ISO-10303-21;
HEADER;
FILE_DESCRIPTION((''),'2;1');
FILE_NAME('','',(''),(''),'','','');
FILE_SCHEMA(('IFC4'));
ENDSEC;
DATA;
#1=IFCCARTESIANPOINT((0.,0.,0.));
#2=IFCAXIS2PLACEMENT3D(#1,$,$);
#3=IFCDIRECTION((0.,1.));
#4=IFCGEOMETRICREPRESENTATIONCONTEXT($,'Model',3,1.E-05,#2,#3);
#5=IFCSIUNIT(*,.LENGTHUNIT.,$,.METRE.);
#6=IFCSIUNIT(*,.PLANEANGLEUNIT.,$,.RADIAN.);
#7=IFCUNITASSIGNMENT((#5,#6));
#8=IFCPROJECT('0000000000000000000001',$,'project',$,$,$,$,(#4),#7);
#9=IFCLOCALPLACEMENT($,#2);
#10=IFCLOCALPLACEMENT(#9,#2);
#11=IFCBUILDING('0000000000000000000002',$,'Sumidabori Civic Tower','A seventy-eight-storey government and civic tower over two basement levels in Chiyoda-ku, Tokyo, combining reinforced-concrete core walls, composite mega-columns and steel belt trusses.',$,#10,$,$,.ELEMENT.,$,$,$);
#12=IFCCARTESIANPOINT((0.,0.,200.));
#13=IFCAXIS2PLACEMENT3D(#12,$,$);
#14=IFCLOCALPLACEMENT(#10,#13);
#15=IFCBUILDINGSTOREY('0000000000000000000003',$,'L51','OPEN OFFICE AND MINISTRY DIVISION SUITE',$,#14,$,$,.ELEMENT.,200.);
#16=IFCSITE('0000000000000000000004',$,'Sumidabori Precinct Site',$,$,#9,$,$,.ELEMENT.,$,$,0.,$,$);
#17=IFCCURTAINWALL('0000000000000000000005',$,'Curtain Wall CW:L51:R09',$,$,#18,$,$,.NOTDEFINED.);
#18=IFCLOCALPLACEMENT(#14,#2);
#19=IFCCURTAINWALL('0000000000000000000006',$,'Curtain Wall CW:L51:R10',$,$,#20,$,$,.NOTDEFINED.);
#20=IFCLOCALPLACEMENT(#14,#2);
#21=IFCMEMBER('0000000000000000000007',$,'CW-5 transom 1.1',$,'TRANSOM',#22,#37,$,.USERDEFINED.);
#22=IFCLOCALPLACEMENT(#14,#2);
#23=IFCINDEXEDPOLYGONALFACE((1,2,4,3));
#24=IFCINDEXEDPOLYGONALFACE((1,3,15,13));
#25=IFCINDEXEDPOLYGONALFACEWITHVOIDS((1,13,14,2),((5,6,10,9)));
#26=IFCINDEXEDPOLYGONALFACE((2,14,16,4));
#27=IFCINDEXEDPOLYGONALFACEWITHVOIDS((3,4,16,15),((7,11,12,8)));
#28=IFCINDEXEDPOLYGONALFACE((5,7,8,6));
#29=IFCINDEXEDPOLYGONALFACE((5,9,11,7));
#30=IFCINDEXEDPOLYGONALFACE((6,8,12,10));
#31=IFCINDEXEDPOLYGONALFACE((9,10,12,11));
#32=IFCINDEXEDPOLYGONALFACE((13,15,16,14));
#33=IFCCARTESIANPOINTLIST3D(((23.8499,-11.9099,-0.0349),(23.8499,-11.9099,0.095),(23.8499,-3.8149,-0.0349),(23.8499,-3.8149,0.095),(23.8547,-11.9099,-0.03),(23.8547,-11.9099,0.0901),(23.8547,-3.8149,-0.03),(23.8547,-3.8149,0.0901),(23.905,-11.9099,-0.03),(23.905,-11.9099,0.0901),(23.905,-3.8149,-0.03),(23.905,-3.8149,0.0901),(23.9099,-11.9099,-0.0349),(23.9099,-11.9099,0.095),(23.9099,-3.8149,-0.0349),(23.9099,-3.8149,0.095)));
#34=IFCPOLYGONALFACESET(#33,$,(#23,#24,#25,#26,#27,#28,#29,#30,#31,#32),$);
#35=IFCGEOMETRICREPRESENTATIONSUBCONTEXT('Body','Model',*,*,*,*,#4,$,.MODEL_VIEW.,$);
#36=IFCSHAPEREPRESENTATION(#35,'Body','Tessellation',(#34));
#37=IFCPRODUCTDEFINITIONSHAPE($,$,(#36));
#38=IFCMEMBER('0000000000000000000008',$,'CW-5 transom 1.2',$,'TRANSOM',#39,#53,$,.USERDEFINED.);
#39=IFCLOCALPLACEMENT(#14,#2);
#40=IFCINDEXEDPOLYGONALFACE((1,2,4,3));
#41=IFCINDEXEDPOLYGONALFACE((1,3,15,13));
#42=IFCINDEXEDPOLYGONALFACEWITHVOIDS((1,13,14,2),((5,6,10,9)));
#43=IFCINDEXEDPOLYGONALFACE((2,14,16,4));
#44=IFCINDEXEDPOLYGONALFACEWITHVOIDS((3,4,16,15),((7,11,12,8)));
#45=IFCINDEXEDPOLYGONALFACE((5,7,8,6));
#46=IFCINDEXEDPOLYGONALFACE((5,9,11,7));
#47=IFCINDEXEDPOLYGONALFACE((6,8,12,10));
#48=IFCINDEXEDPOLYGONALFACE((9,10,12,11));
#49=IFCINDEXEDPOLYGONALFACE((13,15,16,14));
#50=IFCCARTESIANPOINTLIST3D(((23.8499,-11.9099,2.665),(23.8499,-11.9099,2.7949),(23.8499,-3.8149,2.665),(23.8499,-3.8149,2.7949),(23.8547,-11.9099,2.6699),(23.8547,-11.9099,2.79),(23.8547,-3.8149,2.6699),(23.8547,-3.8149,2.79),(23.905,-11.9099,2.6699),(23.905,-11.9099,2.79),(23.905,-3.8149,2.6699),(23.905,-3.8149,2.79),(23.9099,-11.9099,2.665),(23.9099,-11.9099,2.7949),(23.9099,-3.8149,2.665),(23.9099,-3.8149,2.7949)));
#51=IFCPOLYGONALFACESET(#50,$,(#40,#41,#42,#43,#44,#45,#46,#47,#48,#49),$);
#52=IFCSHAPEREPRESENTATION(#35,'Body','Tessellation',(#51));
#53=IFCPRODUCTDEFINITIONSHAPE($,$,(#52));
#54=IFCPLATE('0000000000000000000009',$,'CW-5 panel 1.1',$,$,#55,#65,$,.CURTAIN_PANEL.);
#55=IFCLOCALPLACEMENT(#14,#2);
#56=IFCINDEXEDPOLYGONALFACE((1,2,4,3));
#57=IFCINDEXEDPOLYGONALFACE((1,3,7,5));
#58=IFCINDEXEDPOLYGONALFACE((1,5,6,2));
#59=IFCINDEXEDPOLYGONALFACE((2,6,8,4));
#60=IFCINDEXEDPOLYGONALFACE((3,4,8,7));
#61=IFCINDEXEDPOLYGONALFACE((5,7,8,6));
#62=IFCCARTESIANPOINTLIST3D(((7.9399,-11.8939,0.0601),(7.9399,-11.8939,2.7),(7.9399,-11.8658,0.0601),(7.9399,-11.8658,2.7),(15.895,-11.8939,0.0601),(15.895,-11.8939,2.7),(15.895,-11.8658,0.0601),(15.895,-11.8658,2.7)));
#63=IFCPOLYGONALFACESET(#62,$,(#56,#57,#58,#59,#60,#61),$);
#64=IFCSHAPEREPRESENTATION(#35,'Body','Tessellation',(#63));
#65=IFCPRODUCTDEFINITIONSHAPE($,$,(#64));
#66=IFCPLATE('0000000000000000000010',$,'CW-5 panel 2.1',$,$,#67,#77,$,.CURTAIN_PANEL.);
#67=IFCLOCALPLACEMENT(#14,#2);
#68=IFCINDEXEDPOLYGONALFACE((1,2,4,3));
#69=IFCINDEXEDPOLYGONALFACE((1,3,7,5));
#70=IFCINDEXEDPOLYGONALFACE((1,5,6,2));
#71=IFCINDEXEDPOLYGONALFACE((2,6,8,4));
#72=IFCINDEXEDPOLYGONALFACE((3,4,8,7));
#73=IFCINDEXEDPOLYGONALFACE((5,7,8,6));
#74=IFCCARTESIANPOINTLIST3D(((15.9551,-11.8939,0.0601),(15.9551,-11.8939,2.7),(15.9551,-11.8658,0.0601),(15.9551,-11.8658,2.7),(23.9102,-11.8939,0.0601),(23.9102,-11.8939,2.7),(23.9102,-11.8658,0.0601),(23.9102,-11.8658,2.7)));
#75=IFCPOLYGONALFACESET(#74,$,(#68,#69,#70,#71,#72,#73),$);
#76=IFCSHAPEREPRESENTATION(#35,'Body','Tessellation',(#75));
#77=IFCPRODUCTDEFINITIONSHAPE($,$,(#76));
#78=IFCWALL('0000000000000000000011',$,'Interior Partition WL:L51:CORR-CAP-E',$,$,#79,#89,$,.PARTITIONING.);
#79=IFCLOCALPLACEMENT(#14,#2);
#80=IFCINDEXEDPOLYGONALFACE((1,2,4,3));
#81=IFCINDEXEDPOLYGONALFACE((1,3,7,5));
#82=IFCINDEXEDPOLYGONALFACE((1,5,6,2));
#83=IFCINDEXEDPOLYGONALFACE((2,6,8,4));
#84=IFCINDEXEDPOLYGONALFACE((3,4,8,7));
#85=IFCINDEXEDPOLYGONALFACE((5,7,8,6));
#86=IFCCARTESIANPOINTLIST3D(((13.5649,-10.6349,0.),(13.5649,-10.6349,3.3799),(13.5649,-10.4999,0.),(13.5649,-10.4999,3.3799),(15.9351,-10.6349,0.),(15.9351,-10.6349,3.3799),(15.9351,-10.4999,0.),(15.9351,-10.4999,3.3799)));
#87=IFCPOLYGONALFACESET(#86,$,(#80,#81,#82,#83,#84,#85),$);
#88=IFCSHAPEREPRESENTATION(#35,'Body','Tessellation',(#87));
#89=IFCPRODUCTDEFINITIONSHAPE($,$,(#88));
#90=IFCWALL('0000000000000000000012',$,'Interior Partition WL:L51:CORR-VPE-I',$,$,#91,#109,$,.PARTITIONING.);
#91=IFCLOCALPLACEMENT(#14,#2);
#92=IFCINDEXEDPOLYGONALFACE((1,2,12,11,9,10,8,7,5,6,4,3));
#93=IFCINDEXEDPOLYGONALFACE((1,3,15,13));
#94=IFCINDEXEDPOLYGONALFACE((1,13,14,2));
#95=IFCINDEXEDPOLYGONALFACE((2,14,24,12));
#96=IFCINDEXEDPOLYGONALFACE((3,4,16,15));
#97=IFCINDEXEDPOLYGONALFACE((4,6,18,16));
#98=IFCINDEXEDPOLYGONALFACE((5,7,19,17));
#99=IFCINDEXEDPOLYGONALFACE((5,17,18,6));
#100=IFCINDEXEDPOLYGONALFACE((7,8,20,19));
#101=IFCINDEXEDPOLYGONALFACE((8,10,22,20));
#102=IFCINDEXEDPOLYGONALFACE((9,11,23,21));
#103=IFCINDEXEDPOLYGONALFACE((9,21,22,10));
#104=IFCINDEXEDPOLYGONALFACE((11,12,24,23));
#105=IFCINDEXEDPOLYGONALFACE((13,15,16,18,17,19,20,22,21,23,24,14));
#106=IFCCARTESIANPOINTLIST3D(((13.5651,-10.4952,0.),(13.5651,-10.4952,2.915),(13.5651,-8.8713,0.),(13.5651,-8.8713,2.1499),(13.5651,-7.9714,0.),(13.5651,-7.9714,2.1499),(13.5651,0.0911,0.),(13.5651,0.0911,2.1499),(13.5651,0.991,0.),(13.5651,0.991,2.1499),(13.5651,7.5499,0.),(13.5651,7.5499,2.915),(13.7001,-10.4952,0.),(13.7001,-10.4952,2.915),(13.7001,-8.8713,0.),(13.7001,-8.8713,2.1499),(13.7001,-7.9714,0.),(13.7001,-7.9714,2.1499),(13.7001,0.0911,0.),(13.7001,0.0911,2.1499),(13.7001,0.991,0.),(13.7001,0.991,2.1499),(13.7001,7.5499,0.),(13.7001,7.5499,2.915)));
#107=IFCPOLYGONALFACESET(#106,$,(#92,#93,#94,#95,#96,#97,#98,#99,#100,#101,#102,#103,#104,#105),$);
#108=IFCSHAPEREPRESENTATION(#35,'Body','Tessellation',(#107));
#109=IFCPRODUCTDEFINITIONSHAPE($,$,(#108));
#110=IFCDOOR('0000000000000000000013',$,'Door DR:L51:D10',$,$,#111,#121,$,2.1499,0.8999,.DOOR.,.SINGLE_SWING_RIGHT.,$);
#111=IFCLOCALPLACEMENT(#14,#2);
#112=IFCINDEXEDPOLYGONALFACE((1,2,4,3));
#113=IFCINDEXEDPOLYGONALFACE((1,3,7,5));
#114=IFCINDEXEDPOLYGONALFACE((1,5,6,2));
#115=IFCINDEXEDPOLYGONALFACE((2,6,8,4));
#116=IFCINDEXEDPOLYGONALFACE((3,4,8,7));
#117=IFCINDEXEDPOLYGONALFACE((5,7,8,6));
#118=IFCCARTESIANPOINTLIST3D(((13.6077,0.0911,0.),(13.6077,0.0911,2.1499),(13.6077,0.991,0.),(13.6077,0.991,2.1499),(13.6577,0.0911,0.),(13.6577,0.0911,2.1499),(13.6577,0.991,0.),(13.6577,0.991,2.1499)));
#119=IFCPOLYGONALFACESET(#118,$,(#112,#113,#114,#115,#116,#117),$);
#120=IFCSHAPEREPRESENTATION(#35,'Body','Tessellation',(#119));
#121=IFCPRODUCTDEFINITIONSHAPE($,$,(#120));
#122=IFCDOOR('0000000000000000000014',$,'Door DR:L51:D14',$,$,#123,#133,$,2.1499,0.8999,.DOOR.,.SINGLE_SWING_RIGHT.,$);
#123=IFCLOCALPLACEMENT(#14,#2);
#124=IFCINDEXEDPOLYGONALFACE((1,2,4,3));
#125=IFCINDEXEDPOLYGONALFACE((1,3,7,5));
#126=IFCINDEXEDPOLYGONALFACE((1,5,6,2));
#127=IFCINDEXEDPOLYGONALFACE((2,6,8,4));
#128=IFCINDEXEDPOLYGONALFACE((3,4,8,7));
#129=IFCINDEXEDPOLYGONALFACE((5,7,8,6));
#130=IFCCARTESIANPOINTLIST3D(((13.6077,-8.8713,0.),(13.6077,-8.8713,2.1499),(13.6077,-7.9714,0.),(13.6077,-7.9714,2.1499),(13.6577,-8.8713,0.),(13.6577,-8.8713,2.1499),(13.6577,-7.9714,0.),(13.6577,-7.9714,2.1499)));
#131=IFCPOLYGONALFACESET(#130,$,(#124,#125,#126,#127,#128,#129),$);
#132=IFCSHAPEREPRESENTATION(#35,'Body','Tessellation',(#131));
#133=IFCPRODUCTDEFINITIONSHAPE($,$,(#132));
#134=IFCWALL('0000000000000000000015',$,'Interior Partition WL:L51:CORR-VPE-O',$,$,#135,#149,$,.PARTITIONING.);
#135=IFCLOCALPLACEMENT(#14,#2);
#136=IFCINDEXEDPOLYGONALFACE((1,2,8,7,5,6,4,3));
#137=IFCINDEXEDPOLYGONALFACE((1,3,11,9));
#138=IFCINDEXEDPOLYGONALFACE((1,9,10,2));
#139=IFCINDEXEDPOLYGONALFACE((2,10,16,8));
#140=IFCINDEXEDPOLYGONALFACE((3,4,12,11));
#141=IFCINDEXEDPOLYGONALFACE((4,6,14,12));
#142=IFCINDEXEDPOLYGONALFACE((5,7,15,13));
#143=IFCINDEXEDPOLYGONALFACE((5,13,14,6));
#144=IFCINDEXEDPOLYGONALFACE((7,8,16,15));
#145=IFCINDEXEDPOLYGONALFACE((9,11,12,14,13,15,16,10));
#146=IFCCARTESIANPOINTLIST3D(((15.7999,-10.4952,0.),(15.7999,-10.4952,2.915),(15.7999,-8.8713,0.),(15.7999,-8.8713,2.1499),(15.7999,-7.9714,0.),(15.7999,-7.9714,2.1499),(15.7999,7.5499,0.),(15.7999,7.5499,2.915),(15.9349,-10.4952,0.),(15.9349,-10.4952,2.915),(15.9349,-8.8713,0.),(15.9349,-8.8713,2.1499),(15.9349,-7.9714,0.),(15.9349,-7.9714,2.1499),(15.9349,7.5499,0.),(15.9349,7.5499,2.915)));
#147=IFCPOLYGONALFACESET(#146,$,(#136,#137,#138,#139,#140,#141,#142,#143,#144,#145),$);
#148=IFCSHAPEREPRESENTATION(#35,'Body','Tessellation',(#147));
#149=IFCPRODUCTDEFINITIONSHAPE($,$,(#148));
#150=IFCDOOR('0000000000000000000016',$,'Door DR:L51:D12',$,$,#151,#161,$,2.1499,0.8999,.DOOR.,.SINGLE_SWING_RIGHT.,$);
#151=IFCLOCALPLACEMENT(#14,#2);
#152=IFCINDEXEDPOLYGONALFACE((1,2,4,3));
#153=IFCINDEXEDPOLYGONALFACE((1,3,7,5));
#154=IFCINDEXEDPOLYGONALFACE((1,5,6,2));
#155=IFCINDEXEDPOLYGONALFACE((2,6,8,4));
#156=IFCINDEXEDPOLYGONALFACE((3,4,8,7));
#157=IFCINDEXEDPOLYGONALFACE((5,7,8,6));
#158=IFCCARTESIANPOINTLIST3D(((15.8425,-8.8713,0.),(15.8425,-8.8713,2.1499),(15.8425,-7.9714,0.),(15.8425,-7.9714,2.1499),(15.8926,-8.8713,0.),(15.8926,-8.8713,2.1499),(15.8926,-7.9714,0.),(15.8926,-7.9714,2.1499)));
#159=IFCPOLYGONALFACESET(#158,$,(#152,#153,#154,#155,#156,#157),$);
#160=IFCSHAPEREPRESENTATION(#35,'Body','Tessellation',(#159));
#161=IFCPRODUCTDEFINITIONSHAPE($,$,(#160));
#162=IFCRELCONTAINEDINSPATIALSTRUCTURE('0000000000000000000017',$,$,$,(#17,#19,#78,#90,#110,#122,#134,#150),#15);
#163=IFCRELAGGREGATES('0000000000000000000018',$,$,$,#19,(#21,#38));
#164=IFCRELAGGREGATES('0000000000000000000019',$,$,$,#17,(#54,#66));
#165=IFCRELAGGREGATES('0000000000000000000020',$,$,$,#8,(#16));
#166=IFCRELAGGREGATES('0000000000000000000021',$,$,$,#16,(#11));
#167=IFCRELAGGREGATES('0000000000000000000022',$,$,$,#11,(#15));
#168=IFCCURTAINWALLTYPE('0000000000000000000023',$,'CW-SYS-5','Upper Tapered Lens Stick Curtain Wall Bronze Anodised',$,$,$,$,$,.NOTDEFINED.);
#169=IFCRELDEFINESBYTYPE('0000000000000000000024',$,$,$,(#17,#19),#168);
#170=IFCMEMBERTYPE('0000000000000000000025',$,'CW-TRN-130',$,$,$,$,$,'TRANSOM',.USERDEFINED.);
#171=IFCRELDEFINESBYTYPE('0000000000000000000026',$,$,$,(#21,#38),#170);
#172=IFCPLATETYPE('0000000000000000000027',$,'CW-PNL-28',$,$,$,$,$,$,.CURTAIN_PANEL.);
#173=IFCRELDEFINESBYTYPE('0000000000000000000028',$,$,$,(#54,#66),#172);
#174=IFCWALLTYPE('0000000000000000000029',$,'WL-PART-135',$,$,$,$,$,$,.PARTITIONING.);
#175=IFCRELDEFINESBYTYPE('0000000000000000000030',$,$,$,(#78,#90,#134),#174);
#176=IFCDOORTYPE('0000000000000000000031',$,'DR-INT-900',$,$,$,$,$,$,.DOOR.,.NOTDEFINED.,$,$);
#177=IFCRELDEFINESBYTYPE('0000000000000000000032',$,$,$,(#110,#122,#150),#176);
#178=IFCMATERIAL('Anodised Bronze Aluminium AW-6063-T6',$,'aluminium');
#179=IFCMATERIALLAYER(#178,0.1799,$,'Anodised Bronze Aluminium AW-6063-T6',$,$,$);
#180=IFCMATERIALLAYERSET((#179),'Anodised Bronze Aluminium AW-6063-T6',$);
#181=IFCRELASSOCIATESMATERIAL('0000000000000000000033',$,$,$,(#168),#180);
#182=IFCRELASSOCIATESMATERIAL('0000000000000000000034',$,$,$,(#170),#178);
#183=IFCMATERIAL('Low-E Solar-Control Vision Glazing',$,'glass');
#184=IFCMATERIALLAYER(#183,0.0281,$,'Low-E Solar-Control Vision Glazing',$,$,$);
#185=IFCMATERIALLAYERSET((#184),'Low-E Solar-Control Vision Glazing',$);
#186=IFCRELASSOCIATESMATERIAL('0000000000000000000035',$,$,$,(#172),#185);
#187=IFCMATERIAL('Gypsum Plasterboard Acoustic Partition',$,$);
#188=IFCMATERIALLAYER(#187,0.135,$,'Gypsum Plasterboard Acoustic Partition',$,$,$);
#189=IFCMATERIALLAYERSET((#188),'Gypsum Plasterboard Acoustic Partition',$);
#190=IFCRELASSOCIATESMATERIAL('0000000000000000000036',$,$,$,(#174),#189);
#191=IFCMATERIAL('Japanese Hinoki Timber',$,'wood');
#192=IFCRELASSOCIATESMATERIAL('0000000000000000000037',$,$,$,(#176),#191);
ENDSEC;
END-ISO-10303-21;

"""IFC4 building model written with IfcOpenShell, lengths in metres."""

from ifc_helpers import new_model, si_unit, direction, frame, frame_2d, origin, origin_2d, place, context, subcontext, project, spatial, rectangle, hollow_rectangle, extrude, source, transform, mapped, material, layer, layer_set, material_profile, profile_set, type_object, element, fill, aggregate, save


model = new_model("IFC4")

# Units and contexts
model_context = context("Model", 3, precision=1e-05, world=origin(), true_north=direction((0.0, 1.0)))
body_context = subcontext(model_context, "Body", "Model", "MODEL_VIEW")
ifc_project = project(units=[si_unit("LENGTHUNIT", "METRE"), si_unit("PLANEANGLEUNIT", "RADIAN")], contexts=[model_context])

# Site, building, storey
site_placement = place(None, origin())
site = spatial("IfcSite", under=ifc_project, at=site_placement, Name="Sumidabori Precinct Site", CompositionType="ELEMENT", RefElevation=0.0)
building_placement = place(site_placement, origin())
building = spatial("IfcBuilding", under=site, at=building_placement, Name="Sumidabori Civic Tower", Description="A seventy-eight-storey government and civic tower over two basement levels in Chiyoda-ku, Tokyo, combining reinforced-concrete core walls, composite mega-columns and steel belt trusses.", CompositionType="ELEMENT")
storey_placement = place(building_placement, frame((0.0, 0.0, 200.0)))
storey = spatial("IfcBuildingStorey", under=building, at=storey_placement, Name="L51", Description="OPEN OFFICE AND MINISTRY DIVISION SUITE", CompositionType="ELEMENT", Elevation=200.0)

# Curtain wall
ifc_material_1 = material(Name="Anodised Bronze Aluminium AW-6063-T6", Category="aluminium")
ifc_layer_1 = layer(ifc_material_1, 0.1799, Name="Anodised Bronze Aluminium AW-6063-T6")
ifc_layer_set_1 = layer_set([ifc_layer_1], Name="Anodised Bronze Aluminium AW-6063-T6")
curtain_wall_type = type_object("IfcCurtainWallType", Name="CW-SYS-5", Description="Upper Tapered Lens Stick Curtain Wall Bronze Anodised", PredefinedType="NOTDEFINED", material=ifc_layer_set_1)
curtain_wall_1_placement = place(storey_placement, origin())
curtain_wall_1 = element("IfcCurtainWall", 1, at=curtain_wall_1_placement, inside=storey, type_object=curtain_wall_type, Name="Curtain Wall CW:L51:R09", PredefinedType="NOTDEFINED")

# Curtain wall
curtain_wall_2_placement = place(storey_placement, origin())
curtain_wall_2 = element("IfcCurtainWall", 2, at=curtain_wall_2_placement, inside=storey, type_object=curtain_wall_type, Name="Curtain Wall CW:L51:R10", PredefinedType="NOTDEFINED")

# Members
ifc_material_profile_1 = material_profile(ifc_material_1, hollow_rectangle(XDim=0.0601, YDim=0.1299, WallThickness=0.0049, at=origin_2d()), Name="ALU TRANSOM 130x60")
ifc_profile_set_1 = profile_set([ifc_material_profile_1], Name="Anodised Bronze Aluminium AW-6063-T6")
member_type_1 = type_object("IfcMemberType", Name="CW-TRN-130", ElementType="TRANSOM", PredefinedType="USERDEFINED", material=ifc_profile_set_1)
shared_shape_1 = source(origin(), body_context, "Body", "SweptSolid", [
    extrude(hollow_rectangle(XDim=0.0601, YDim=0.1299, WallThickness=0.0049, at=origin_2d()), origin(), (0.0, 0.0, 1.0), 8.095),
])
member_1_placement = place(storey_placement, frame((23.8799, -11.9099, 0.03), z_axis=(0.0, 1.0, 0.0), x_axis=(-1.0, 0.0, 0.0)))
member_1 = element("IfcMember", 3, at=member_1_placement, type_object=member_type_1, Name="CW-5 transom 1.1", ObjectType="TRANSOM", PredefinedType="USERDEFINED", context=body_context, shape_type="MappedRepresentation", body=[
    mapped(shared_shape_1, transform((0.0, 0.0, 0.0), x_axis=(1.0, 0.0, 0.0), y_axis=(0.0, 1.0, 0.0), z_axis=(0.0, 0.0, 1.0), scale=1.0)),
])
member_2_placement = place(storey_placement, frame((23.8799, -11.9099, 2.73), z_axis=(0.0, 1.0, 0.0), x_axis=(-1.0, 0.0, 0.0)))
member_2 = element("IfcMember", 4, at=member_2_placement, type_object=member_type_1, Name="CW-5 transom 1.2", ObjectType="TRANSOM", PredefinedType="USERDEFINED", context=body_context, shape_type="MappedRepresentation", body=[
    mapped(shared_shape_1, transform((0.0, 0.0, 0.0), x_axis=(1.0, 0.0, 0.0), y_axis=(0.0, 1.0, 0.0), z_axis=(0.0, 0.0, 1.0), scale=1.0)),
])
aggregate(curtain_wall_2, [member_1, member_2])

# Plates
ifc_material_2 = material(Name="Low-E Solar-Control Vision Glazing", Category="glass")
ifc_layer_2 = layer(ifc_material_2, 0.0281, Name="Low-E Solar-Control Vision Glazing")
ifc_layer_set_2 = layer_set([ifc_layer_2], Name="Low-E Solar-Control Vision Glazing")
plate_type = type_object("IfcPlateType", Name="CW-PNL-28", PredefinedType="CURTAIN_PANEL", material=ifc_layer_set_2)
shared_shape_2 = source(origin(), body_context, "Body", "SweptSolid", [
    extrude(rectangle(XDim=7.9551, YDim=0.0281, at=origin_2d()), origin(), (0.0, 0.0, 1.0), 2.6399),
])
plate_1_placement = place(storey_placement, frame((11.9175, -11.8799, 0.0601), z_axis=(0.0, 0.0, 1.0), x_axis=(1.0, 0.0, 0.0)))
plate_1 = element("IfcPlate", 5, at=plate_1_placement, type_object=plate_type, Name="CW-5 panel 1.1", PredefinedType="CURTAIN_PANEL", context=body_context, shape_type="MappedRepresentation", body=[
    mapped(shared_shape_2, transform((0.0, 0.0, 0.0), x_axis=(1.0, 0.0, 0.0), y_axis=(0.0, 1.0, 0.0), z_axis=(0.0, 0.0, 1.0), scale=1.0)),
])
plate_2_placement = place(storey_placement, frame((19.9326, -11.8799, 0.0601), z_axis=(0.0, 0.0, 1.0), x_axis=(1.0, 0.0, 0.0)))
plate_2 = element("IfcPlate", 6, at=plate_2_placement, type_object=plate_type, Name="CW-5 panel 2.1", PredefinedType="CURTAIN_PANEL", context=body_context, shape_type="MappedRepresentation", body=[
    mapped(shared_shape_2, transform((0.0, 0.0, 0.0), x_axis=(1.0, 0.0, 0.0), y_axis=(0.0, 1.0, 0.0), z_axis=(0.0, 0.0, 1.0), scale=1.0)),
])
aggregate(curtain_wall_1, [plate_1, plate_2])

# Wall
ifc_material_3 = material(Name="Gypsum Plasterboard Acoustic Partition")
ifc_layer_3 = layer(ifc_material_3, 0.135, Name="Gypsum Plasterboard Acoustic Partition")
ifc_layer_set_3 = layer_set([ifc_layer_3], Name="Gypsum Plasterboard Acoustic Partition")
wall_type = type_object("IfcWallType", Name="WL-PART-135", PredefinedType="PARTITIONING", material=ifc_layer_set_3)
shared_shape_3 = source(origin(), body_context, "Body", "SweptSolid", [
    extrude(rectangle(XDim=2.3701, YDim=0.135, at=frame_2d((1.1851, 0.0))), origin(), (0.0, 0.0, 1.0), 3.3799),
])
wall_1_placement = place(storey_placement, frame((13.5649, -10.5674, 0.0), z_axis=(0.0, 0.0, 1.0), x_axis=(1.0, 0.0, 0.0)))
element("IfcWall", 7, at=wall_1_placement, inside=storey, type_object=wall_type, Name="Interior Partition WL:L51:CORR-CAP-E", PredefinedType="PARTITIONING", context=body_context, shape_type="MappedRepresentation", body=[
    mapped(shared_shape_3, transform((0.0, 0.0, 0.0), x_axis=(1.0, 0.0, 0.0), y_axis=(0.0, 1.0, 0.0), z_axis=(0.0, 0.0, 1.0), scale=1.0)),
])

# Wall, openings, doors
shared_shape_4 = source(origin(), body_context, "Body", "SweptSolid", [
    extrude(rectangle(XDim=18.0452, YDim=0.135, at=frame_2d((9.0225, 0.0))), origin(), (0.0, 0.0, 1.0), 2.915),
])
wall_2_placement = place(storey_placement, frame((13.6326, -10.4951, 0.0), z_axis=(0.0, 0.0, 1.0), x_axis=(0.0, 1.0, 0.0)))
wall_2 = element("IfcWall", 8, at=wall_2_placement, inside=storey, type_object=wall_type, Name="Interior Partition WL:L51:CORR-VPE-I", PredefinedType="PARTITIONING", context=body_context, shape_type="MappedRepresentation", body=[
    mapped(shared_shape_4, transform((0.0, 0.0, 0.0), x_axis=(1.0, 0.0, 0.0), y_axis=(0.0, 1.0, 0.0), z_axis=(0.0, 0.0, 1.0), scale=1.0)),
])
opening_1_placement = place(wall_2_placement, frame((10.5862, 0.0, 0.0)))
opening_1 = element("IfcOpeningElement", 9, at=opening_1_placement, cuts=wall_2, PredefinedType="OPENING", context=body_context, shape_type="SweptSolid", body=[
    extrude(rectangle(XDim=0.8999, YDim=2.1499, at=frame_2d((0.45, 1.075))), frame((0.0, 0.0796, 0.0), z_axis=(0.0, -1.0, 0.0), x_axis=(1.0, 0.0, 0.0)), (0.0, 0.0, 1.0), 0.1589),
])
opening_2_placement = place(wall_2_placement, frame((1.6238, 0.0, 0.0)))
opening_2 = element("IfcOpeningElement", 10, at=opening_2_placement, cuts=wall_2, PredefinedType="OPENING", context=body_context, shape_type="SweptSolid", body=[
    extrude(rectangle(XDim=0.8999, YDim=2.1499, at=frame_2d((0.45, 1.075))), frame((0.0, 0.0796, 0.0), z_axis=(0.0, -1.0, 0.0), x_axis=(1.0, 0.0, 0.0)), (0.0, 0.0, 1.0), 0.1589),
])
ifc_material_4 = material(Name="Japanese Hinoki Timber", Category="wood")
door_type = type_object("IfcDoorType", Name="DR-INT-900", OperationType="NOTDEFINED", PredefinedType="DOOR", material=ifc_material_4)
shared_shape_5 = source(origin(), body_context, "Body", "SweptSolid", [
    extrude(rectangle(XDim=0.8999, YDim=2.1499, at=frame_2d((0.45, 1.075))), frame((0.0, 0.0249, 0.0), z_axis=(0.0, -1.0, 0.0), x_axis=(1.0, 0.0, 0.0)), (0.0, 0.0, 1.0), 0.05),
])
door_1_placement = place(opening_1_placement, origin())
door_1 = element("IfcDoor", 11, at=door_1_placement, inside=storey, type_object=door_type, Name="Door DR:L51:D10", OperationType="SINGLE_SWING_RIGHT", OverallHeight=2.1499, OverallWidth=0.8999, PredefinedType="DOOR", context=body_context, shape_type="MappedRepresentation", body=[
    mapped(shared_shape_5, transform((0.0, 0.0, 0.0), x_axis=(1.0, 0.0, 0.0), y_axis=(0.0, 1.0, 0.0), z_axis=(0.0, 0.0, 1.0), scale=1.0)),
])
fill(opening_1, door_1)
door_2_placement = place(opening_2_placement, origin())
door_2 = element("IfcDoor", 12, at=door_2_placement, inside=storey, type_object=door_type, Name="Door DR:L51:D14", OperationType="SINGLE_SWING_RIGHT", OverallHeight=2.1499, OverallWidth=0.8999, PredefinedType="DOOR", context=body_context, shape_type="MappedRepresentation", body=[
    mapped(shared_shape_5, transform((0.0, 0.0, 0.0), x_axis=(1.0, 0.0, 0.0), y_axis=(0.0, 1.0, 0.0), z_axis=(0.0, 0.0, 1.0), scale=1.0)),
])
fill(opening_2, door_2)

# Wall, opening, door
wall_3_placement = place(storey_placement, frame((15.8674, -10.4951, 0.0), z_axis=(0.0, 0.0, 1.0), x_axis=(0.0, 1.0, 0.0)))
wall_3 = element("IfcWall", 13, at=wall_3_placement, inside=storey, type_object=wall_type, Name="Interior Partition WL:L51:CORR-VPE-O", PredefinedType="PARTITIONING", context=body_context, shape_type="MappedRepresentation", body=[
    mapped(shared_shape_4, transform((0.0, 0.0, 0.0), x_axis=(1.0, 0.0, 0.0), y_axis=(0.0, 1.0, 0.0), z_axis=(0.0, 0.0, 1.0), scale=1.0)),
])
opening_3_placement = place(wall_3_placement, frame((1.6238, 0.0, 0.0)))
opening_3 = element("IfcOpeningElement", 14, at=opening_3_placement, cuts=wall_3, PredefinedType="OPENING", context=body_context, shape_type="SweptSolid", body=[
    extrude(rectangle(XDim=0.8999, YDim=2.1499, at=frame_2d((0.45, 1.075))), frame((0.0, 0.0796, 0.0), z_axis=(0.0, -1.0, 0.0), x_axis=(1.0, 0.0, 0.0)), (0.0, 0.0, 1.0), 0.1589),
])
door_3_placement = place(opening_3_placement, origin())
door_3 = element("IfcDoor", 15, at=door_3_placement, inside=storey, type_object=door_type, Name="Door DR:L51:D12", OperationType="SINGLE_SWING_RIGHT", OverallHeight=2.1499, OverallWidth=0.8999, PredefinedType="DOOR", context=body_context, shape_type="MappedRepresentation", body=[
    mapped(shared_shape_5, transform((0.0, 0.0, 0.0), x_axis=(1.0, 0.0, 0.0), y_axis=(0.0, 1.0, 0.0), z_axis=(0.0, 0.0, 1.0), scale=1.0)),
])
fill(opening_3, door_3)

save(model, "model.ifc")
